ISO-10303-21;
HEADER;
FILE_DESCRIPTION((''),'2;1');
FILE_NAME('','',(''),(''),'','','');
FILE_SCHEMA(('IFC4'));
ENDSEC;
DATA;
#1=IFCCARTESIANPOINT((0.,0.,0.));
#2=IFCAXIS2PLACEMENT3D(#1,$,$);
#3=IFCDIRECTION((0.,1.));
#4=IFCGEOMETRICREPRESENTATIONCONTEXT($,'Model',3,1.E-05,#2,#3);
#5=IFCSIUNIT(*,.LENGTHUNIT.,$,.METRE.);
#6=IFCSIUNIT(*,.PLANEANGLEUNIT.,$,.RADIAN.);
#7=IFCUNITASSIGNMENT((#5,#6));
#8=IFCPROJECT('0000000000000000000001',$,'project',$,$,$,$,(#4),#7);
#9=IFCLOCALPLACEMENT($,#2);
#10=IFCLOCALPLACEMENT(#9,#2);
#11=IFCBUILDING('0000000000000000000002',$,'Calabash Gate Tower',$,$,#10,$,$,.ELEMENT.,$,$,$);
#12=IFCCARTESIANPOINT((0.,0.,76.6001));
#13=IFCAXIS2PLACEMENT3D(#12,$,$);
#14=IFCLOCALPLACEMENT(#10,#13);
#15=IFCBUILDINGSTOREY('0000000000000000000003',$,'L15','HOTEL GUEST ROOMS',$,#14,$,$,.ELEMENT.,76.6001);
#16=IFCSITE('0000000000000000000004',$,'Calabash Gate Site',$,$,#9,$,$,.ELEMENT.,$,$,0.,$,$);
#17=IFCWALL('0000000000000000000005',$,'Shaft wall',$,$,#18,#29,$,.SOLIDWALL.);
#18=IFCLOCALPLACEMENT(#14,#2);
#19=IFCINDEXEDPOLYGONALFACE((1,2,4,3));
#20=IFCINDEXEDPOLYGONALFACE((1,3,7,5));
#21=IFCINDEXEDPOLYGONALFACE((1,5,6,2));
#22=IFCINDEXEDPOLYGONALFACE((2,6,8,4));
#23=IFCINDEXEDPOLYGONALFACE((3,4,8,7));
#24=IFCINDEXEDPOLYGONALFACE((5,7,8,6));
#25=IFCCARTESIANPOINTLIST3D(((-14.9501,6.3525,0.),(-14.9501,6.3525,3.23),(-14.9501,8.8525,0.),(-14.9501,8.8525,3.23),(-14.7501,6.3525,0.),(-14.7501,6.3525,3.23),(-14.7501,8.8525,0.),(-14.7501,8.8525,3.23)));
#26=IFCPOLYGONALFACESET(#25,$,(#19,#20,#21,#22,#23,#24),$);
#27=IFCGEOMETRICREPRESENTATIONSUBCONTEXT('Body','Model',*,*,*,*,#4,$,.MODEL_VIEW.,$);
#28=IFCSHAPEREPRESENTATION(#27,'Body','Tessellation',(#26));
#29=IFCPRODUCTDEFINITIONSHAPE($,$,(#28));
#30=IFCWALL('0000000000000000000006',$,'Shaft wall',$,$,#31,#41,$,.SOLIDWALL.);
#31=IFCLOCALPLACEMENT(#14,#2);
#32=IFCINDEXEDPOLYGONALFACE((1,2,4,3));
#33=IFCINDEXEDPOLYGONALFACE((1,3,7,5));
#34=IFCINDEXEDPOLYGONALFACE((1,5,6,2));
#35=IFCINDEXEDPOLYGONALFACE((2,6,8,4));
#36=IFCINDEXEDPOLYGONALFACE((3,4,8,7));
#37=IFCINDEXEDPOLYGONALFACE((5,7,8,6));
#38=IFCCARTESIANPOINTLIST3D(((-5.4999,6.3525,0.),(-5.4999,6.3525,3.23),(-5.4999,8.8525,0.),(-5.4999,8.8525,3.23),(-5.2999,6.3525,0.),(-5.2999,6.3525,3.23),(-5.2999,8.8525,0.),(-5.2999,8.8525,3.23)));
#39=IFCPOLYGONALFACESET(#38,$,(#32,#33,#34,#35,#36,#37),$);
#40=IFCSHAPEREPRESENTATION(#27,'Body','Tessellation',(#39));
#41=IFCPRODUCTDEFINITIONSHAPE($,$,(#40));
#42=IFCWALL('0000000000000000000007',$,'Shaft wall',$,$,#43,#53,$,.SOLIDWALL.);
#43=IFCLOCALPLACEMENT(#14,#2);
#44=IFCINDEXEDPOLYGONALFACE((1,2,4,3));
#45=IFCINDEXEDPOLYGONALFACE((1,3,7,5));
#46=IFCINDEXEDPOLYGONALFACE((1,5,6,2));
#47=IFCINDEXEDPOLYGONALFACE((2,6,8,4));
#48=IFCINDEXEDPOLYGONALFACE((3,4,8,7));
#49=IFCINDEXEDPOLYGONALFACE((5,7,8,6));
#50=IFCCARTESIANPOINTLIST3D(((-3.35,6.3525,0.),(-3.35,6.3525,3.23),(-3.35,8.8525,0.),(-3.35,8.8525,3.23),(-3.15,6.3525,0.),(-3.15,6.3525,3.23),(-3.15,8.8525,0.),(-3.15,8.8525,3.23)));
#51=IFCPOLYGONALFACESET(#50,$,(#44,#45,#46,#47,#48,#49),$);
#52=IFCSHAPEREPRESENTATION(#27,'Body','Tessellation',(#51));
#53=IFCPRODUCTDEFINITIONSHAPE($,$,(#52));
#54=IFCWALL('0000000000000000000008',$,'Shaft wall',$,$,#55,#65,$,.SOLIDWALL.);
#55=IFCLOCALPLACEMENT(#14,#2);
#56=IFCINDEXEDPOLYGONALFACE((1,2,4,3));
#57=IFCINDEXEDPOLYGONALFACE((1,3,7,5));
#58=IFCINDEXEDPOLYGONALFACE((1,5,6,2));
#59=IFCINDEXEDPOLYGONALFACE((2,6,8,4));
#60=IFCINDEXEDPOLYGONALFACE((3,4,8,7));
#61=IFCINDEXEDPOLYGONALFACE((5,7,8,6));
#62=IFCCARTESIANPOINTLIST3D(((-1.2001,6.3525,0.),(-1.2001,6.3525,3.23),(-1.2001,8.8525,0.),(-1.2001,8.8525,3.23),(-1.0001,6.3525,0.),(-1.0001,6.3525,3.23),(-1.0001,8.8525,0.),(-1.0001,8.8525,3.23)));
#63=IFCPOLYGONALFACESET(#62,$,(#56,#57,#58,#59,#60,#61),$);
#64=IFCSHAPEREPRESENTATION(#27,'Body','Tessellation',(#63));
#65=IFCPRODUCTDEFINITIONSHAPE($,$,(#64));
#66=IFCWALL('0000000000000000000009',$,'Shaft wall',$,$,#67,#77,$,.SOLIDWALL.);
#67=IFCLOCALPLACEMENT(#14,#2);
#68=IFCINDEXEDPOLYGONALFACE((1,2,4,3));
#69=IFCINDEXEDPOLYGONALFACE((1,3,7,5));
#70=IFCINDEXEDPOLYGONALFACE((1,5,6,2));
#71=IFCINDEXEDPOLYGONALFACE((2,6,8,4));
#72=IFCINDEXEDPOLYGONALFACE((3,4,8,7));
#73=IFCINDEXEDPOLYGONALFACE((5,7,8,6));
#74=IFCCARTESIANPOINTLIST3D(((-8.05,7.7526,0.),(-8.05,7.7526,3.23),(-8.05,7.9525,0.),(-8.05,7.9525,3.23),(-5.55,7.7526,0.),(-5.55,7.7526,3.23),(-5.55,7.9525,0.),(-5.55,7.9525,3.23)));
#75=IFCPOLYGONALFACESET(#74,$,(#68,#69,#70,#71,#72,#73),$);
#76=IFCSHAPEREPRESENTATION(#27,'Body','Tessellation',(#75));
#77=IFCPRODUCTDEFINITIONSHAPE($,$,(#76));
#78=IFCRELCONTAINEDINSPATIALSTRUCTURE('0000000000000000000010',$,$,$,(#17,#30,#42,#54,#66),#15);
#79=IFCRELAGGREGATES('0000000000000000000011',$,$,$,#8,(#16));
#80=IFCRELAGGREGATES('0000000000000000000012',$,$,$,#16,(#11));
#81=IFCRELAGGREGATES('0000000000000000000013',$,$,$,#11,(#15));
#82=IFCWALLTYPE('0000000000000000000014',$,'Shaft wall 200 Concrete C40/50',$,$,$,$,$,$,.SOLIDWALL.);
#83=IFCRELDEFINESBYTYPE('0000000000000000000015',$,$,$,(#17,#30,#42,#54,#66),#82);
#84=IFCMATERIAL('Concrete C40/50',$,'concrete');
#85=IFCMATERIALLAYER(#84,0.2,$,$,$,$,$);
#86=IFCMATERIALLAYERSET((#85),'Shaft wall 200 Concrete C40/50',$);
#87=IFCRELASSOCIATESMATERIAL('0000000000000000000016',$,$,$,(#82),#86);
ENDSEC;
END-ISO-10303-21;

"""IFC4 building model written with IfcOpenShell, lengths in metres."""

from ifc_helpers import new_model, si_unit, direction, frame, frame_2d, origin, place, context, subcontext, project, spatial, rectangle, extrude, material, layer, layer_set, type_object, element, save


model = new_model("IFC4")

# Units and contexts
model_context = context("Model", 3, precision=1e-05, world=origin(), true_north=direction((0.0, 1.0)))
body_context = subcontext(model_context, "Body", "Model", "MODEL_VIEW")
ifc_project = project(units=[si_unit("LENGTHUNIT", "METRE"), si_unit("PLANEANGLEUNIT", "RADIAN")], contexts=[model_context])

# Site, building, storey
site_placement = place(None, origin())
site = spatial("IfcSite", under=ifc_project, at=site_placement, Name="Calabash Gate Site", CompositionType="ELEMENT", RefElevation=0.0)
building_placement = place(site_placement, origin())
building = spatial("IfcBuilding", under=site, at=building_placement, Name="Calabash Gate Tower", CompositionType="ELEMENT")
storey_placement = place(building_placement, frame((0.0, 0.0, 76.6001)))
storey = spatial("IfcBuildingStorey", under=building, at=storey_placement, Name="L15", Description="HOTEL GUEST ROOMS", CompositionType="ELEMENT", Elevation=76.6001)

# Walls
ifc_material_1 = material(Name="Concrete C40/50", Category="concrete")
ifc_layer_1 = layer(ifc_material_1, 0.2)
ifc_layer_set_1 = layer_set([ifc_layer_1], Name="Shaft wall 200 Concrete C40/50")
wall_type_1 = type_object("IfcWallType", Name="Shaft wall 200 Concrete C40/50", PredefinedType="SOLIDWALL", material=ifc_layer_set_1)
for number, where, z_axis, x_axis, name in (
    (1, (-14.8501, 6.3525, 0.0), (0.0, 0.0, 1.0), (0.0, 1.0, 0.0), "Shaft wall"),
    (2, (-5.3999, 6.3525, 0.0), (0.0, 0.0, 1.0), (0.0, 1.0, 0.0), "Shaft wall"),
    (3, (-3.25, 6.3525, 0.0), (0.0, 0.0, 1.0), (0.0, 1.0, 0.0), "Shaft wall"),
    (4, (-1.1001, 6.3525, 0.0), (0.0, 0.0, 1.0), (0.0, 1.0, 0.0), "Shaft wall"),
    (5, (-8.05, 7.8525, 0.0), (0.0, 0.0, 1.0), (1.0, 0.0, 0.0), "Shaft wall"),
):
    element("IfcWall", number, at=place(storey_placement, frame(where, z_axis=z_axis, x_axis=x_axis)), inside=storey, type_object=wall_type_1, Name=name, PredefinedType="SOLIDWALL", context=body_context, shape_type="SweptSolid", body=[
        extrude(rectangle(XDim=2.5, YDim=0.2, at=frame_2d((1.25, 0.0))), origin(), (0.0, 0.0, 1.0), 3.23),
    ])

save(model, "model.ifc")
